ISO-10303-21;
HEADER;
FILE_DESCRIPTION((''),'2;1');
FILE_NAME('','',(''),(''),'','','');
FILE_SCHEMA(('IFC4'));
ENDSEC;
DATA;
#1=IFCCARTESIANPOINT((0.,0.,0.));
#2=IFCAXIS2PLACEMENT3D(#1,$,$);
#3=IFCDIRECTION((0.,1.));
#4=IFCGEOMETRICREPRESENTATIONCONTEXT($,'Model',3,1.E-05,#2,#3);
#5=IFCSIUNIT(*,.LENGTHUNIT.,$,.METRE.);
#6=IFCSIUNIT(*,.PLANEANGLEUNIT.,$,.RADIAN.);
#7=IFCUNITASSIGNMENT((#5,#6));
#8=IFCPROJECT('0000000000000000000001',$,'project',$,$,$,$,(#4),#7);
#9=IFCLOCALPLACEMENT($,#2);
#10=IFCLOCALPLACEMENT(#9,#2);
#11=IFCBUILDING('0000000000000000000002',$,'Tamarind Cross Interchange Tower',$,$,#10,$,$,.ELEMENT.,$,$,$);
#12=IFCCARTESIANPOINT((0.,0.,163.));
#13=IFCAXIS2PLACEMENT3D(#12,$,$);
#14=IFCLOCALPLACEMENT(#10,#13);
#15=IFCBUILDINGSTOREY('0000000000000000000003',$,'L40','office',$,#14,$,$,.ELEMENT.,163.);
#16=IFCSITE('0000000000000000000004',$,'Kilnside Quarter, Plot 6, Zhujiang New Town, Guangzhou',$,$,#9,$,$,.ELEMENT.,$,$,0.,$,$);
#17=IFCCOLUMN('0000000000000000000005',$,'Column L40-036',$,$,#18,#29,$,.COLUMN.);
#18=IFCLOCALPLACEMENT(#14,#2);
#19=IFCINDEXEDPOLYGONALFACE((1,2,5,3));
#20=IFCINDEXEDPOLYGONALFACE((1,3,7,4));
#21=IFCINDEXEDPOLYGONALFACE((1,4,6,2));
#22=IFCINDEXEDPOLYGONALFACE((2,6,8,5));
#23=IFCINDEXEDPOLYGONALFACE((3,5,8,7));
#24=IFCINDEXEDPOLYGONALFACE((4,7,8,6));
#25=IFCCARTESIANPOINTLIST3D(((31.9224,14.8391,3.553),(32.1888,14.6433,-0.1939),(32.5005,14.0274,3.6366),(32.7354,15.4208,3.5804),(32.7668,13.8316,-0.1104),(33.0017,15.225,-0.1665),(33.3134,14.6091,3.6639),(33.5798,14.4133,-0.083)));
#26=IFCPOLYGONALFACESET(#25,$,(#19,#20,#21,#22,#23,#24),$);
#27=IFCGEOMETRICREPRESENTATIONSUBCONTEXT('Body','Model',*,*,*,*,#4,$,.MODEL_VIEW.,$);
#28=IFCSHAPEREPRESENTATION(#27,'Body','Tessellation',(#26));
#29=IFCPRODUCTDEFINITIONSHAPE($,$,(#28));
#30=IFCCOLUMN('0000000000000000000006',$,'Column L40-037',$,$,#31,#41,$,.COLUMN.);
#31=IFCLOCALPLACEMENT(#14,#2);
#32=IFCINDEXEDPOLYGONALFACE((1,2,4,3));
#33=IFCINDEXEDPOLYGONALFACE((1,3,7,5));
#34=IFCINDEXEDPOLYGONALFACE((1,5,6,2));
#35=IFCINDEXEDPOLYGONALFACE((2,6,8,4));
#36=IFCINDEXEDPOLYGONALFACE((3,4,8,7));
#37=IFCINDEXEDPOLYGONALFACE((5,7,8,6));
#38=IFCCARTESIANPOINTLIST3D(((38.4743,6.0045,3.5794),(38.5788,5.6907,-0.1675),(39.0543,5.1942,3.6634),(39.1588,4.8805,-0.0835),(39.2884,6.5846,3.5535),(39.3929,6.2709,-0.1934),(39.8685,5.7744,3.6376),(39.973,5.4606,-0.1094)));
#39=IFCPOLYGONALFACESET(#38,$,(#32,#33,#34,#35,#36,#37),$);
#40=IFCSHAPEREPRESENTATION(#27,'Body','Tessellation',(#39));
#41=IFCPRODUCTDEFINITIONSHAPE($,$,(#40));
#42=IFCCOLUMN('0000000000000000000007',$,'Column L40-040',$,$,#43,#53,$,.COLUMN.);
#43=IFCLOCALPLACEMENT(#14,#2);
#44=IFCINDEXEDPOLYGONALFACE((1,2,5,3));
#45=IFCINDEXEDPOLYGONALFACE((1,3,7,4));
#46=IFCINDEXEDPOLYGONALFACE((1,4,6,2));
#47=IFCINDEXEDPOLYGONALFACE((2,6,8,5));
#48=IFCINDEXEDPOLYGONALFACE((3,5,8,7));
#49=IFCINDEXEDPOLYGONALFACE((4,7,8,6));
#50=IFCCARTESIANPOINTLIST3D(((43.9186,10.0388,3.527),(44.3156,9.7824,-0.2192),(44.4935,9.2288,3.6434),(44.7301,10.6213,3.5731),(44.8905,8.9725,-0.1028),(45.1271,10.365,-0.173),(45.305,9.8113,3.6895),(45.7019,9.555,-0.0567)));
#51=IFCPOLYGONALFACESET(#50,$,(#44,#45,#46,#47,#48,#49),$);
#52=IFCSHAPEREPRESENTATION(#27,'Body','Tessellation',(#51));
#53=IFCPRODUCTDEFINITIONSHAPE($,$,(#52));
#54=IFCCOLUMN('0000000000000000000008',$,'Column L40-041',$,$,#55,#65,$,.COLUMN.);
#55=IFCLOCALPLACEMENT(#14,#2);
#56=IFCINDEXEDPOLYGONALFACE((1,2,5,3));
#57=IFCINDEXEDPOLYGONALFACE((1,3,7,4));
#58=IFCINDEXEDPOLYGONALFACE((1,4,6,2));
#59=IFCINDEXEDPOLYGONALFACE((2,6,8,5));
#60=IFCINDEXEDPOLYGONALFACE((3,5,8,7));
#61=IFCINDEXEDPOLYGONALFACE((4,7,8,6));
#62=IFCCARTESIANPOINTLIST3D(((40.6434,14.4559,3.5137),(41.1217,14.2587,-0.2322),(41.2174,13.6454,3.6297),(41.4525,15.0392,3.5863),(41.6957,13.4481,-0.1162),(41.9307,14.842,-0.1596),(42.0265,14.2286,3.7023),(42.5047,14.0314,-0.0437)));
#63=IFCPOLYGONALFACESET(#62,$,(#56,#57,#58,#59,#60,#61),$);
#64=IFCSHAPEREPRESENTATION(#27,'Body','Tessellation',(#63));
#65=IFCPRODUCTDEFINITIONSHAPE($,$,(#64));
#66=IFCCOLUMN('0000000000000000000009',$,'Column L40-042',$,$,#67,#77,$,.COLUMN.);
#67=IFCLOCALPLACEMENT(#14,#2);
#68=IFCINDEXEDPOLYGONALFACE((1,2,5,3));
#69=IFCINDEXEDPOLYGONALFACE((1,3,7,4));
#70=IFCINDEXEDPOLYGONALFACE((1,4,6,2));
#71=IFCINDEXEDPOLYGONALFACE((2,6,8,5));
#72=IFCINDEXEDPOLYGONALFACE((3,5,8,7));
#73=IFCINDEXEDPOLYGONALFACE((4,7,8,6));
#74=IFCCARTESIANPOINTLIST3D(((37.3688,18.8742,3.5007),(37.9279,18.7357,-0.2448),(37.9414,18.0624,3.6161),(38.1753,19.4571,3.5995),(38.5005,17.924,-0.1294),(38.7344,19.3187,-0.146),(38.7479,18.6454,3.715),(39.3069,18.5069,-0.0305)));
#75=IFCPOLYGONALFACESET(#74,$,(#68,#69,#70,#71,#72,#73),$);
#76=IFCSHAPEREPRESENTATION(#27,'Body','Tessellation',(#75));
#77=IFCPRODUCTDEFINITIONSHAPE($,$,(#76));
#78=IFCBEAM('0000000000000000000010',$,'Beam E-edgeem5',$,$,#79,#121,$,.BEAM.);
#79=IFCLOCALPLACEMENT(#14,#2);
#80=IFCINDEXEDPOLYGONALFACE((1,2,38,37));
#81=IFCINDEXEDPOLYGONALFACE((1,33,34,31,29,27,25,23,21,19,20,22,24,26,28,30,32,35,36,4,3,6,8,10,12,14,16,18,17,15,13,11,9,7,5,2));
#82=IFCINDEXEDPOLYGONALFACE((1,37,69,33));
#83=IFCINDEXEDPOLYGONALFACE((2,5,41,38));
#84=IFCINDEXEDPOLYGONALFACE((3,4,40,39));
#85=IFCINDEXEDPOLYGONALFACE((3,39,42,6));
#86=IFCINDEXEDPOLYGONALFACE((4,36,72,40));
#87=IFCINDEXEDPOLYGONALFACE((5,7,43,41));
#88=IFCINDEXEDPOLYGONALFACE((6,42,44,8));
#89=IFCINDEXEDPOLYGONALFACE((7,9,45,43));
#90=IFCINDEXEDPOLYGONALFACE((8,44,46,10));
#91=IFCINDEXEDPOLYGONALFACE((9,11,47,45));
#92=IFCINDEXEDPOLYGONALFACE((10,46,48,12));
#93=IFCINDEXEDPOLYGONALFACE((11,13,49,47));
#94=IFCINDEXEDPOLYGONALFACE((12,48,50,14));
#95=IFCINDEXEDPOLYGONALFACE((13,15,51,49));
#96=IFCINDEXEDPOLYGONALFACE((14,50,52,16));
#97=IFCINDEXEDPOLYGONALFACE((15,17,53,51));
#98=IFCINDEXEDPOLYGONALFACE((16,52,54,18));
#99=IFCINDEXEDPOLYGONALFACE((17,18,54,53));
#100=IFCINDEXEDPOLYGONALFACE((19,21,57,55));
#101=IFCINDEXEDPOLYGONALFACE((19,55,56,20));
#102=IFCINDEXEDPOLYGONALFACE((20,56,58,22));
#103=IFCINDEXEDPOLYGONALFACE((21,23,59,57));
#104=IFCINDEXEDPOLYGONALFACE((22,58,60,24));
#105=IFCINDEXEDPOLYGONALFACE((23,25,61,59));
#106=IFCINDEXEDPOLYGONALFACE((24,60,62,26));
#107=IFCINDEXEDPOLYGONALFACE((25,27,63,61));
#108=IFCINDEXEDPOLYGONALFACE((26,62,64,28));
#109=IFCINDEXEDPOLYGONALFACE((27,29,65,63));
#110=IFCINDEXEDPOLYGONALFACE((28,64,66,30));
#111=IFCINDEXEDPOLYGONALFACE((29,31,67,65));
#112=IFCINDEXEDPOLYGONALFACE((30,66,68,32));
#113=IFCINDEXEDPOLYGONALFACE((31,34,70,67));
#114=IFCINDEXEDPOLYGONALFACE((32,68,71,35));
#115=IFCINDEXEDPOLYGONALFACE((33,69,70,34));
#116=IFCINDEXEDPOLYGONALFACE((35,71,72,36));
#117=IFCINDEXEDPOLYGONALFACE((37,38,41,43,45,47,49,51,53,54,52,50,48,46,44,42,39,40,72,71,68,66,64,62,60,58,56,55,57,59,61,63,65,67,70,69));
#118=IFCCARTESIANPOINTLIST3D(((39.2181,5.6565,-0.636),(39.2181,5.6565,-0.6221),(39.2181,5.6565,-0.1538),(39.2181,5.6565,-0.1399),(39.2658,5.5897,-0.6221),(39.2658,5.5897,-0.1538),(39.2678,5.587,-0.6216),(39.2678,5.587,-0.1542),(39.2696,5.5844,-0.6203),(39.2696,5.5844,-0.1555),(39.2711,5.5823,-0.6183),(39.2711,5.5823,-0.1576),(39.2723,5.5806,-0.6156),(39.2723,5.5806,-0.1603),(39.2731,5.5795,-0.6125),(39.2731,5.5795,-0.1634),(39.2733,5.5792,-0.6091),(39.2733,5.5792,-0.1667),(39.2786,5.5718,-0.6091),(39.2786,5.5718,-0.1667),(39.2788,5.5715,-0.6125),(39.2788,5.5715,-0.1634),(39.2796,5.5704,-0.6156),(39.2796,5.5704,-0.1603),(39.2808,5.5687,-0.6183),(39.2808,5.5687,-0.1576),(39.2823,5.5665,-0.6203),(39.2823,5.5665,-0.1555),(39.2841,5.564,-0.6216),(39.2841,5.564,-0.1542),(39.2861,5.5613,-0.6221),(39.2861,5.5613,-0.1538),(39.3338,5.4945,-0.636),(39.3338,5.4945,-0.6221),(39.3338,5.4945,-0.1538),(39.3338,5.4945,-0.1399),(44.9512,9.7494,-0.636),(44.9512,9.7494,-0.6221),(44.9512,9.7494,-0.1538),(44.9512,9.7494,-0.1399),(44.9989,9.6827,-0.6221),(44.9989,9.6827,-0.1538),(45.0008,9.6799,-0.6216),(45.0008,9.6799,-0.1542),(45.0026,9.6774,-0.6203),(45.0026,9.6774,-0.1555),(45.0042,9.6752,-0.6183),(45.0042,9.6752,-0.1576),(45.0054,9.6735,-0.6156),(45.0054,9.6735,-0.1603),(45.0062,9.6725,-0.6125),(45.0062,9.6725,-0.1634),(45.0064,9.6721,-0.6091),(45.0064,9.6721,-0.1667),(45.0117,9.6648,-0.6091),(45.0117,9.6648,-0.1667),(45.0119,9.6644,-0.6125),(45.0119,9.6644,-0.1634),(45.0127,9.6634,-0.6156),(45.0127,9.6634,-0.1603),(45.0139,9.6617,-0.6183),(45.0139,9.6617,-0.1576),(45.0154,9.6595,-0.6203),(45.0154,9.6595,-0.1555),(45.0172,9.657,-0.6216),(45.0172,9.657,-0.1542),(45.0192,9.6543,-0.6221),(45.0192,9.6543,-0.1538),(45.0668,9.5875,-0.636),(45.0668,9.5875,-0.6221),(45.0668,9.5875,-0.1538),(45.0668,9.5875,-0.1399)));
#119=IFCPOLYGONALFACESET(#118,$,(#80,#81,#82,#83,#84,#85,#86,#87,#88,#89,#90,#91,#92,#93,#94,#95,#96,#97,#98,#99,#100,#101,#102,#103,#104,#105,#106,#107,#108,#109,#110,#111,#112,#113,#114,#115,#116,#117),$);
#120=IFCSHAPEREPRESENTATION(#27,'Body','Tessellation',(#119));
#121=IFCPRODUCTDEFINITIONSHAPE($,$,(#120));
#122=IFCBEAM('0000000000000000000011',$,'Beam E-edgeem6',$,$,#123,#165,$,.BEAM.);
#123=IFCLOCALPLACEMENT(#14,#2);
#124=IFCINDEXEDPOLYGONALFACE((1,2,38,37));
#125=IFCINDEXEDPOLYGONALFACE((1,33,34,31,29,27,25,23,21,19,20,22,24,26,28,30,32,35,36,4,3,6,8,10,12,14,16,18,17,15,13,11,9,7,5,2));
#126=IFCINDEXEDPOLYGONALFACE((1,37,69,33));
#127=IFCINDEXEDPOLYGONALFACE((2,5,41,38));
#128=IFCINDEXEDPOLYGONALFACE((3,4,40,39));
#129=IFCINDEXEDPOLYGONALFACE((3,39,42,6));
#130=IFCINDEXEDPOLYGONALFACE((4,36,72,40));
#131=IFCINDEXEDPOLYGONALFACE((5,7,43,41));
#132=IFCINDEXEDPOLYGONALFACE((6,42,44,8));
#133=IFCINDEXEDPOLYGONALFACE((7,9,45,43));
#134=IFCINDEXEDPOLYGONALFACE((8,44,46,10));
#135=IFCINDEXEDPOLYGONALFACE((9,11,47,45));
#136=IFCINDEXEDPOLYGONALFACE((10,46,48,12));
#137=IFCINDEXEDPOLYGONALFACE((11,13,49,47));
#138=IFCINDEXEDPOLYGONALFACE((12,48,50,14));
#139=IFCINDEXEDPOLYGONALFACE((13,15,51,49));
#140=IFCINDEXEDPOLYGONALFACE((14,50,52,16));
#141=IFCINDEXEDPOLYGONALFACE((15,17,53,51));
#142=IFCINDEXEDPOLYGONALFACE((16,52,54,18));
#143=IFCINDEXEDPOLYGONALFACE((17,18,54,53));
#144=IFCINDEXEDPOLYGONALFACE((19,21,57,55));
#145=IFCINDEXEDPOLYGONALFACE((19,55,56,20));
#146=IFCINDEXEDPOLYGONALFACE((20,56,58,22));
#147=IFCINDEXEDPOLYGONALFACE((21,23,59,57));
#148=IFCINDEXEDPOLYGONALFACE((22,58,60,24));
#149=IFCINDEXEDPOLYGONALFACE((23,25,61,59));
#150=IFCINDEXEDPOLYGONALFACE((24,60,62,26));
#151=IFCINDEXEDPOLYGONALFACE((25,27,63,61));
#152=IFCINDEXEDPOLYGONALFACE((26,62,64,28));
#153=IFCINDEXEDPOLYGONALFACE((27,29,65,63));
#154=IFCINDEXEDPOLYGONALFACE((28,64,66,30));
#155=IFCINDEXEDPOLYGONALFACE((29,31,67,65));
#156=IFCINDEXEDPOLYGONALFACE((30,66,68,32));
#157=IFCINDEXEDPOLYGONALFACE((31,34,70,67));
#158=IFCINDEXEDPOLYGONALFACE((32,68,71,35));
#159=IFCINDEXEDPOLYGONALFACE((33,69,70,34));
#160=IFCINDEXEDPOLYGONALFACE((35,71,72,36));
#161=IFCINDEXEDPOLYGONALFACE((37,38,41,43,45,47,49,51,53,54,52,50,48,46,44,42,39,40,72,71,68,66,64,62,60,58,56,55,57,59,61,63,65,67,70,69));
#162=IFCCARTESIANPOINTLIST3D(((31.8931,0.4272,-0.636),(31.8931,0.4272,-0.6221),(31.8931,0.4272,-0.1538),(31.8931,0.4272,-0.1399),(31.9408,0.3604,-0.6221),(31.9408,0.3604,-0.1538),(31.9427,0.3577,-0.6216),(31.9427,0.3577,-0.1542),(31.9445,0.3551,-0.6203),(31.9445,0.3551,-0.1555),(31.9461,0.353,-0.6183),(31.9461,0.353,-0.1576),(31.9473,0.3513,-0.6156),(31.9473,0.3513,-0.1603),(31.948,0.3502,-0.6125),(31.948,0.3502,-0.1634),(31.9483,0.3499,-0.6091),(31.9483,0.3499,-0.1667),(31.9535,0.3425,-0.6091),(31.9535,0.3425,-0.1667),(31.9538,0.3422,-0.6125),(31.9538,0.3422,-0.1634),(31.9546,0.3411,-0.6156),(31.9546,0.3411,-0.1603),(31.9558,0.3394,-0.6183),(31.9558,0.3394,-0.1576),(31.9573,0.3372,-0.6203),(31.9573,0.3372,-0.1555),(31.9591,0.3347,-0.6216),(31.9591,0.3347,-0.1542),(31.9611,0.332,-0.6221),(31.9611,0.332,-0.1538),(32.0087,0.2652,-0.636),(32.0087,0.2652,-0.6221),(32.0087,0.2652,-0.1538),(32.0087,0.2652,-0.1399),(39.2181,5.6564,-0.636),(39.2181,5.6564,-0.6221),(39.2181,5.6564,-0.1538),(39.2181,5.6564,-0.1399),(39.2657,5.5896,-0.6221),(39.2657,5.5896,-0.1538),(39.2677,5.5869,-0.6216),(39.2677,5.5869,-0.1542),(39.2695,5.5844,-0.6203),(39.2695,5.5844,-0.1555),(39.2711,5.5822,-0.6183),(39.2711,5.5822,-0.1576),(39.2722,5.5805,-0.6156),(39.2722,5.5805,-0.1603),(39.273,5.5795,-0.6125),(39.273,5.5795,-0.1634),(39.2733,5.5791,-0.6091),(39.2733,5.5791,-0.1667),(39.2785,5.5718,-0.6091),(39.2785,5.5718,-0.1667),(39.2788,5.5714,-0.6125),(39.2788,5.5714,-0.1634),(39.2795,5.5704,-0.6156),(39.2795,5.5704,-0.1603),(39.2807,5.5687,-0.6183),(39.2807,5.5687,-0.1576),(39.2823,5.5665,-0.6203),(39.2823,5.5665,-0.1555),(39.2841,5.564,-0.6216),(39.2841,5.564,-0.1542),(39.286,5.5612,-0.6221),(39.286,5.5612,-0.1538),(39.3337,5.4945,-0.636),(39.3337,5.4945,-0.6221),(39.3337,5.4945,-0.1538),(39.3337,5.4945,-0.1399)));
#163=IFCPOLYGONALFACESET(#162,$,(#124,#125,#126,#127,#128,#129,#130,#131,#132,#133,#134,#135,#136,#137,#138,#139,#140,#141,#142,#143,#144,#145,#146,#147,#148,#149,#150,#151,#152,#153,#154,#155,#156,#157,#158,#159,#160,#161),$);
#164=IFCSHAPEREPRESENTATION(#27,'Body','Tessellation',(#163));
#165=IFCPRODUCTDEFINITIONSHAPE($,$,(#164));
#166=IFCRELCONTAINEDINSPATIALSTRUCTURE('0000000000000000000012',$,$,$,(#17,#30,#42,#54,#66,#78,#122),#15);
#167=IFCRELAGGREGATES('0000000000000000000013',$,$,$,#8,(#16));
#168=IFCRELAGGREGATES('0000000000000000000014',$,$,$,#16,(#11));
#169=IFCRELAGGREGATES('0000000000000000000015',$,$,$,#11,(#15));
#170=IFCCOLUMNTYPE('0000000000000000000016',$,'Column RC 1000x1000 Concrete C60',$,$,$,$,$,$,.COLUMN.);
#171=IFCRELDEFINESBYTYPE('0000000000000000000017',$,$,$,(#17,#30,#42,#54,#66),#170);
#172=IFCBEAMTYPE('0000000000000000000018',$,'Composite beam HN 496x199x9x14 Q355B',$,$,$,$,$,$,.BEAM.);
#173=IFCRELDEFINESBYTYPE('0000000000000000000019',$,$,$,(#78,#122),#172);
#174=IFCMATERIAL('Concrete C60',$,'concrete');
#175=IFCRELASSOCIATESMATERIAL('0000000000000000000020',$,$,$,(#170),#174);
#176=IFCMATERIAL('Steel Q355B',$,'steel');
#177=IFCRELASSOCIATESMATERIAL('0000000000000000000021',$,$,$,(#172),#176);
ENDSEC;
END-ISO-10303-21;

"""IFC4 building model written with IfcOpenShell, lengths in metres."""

from ifc_helpers import new_model, si_unit, direction, frame, origin, origin_2d, place, context, subcontext, project, spatial, rectangle, i_section, extrude, material, material_profile, profile_set, type_object, element, save


model = new_model("IFC4")

# Units and contexts
model_context = context("Model", 3, precision=1e-05, world=origin(), true_north=direction((0.0, 1.0)))
body_context = subcontext(model_context, "Body", "Model", "MODEL_VIEW")
ifc_project = project(units=[si_unit("LENGTHUNIT", "METRE"), si_unit("PLANEANGLEUNIT", "RADIAN")], contexts=[model_context])

# Site, building, storey
site_placement = place(None, origin())
site = spatial("IfcSite", under=ifc_project, at=site_placement, Name="Kilnside Quarter, Plot 6, Zhujiang New Town, Guangzhou", CompositionType="ELEMENT", RefElevation=0.0)
building_placement = place(site_placement, origin())
building = spatial("IfcBuilding", under=site, at=building_placement, Name="Tamarind Cross Interchange Tower", CompositionType="ELEMENT")
storey_placement = place(building_placement, frame((0.0, 0.0, 163.0)))
storey = spatial("IfcBuildingStorey", under=building, at=storey_placement, Name="L40", Description="office", CompositionType="ELEMENT", Elevation=163.0)

# Columns
ifc_material_1 = material(Name="Concrete C60", Category="concrete")
ifc_material_profile_1 = material_profile(ifc_material_1, rectangle(XDim=1.0, YDim=1.0, at=origin_2d()), Name="RC 1000x1000")
ifc_profile_set_1 = profile_set([ifc_material_profile_1], Name="Concrete C60")
column_type = type_object("IfcColumnType", Name="Column RC 1000x1000 Concrete C60", PredefinedType="COLUMN", material=ifc_profile_set_1)
for number, where, z_axis, x_axis, name in (
    (1, (32.8843, 14.5283, -0.1384), (-0.070814, 0.052056, 0.99613), (0.578044, -0.811721, 0.083511), "Column L40-036"),
    (2, (39.2759, 5.5757, -0.1384), (-0.02778, 0.083406, 0.996128), (-0.814114, -0.580128, 0.02587), "Column L40-037"),
):
    element("IfcColumn", number, at=place(storey_placement, frame(where, z_axis=z_axis, x_axis=x_axis)), inside=storey, type_object=column_type, Name=name, PredefinedType="COLUMN", context=body_context, shape_type="SweptSolid", body=[
        extrude(rectangle(XDim=1.0, YDim=1.0, at=origin_2d()), origin(), (0.0, 0.0, 1.0), 3.7615),
    ])
column_1_placement = place(storey_placement, frame((45.0088, 9.6687, -0.1379), z_axis=(-0.105137, 0.067893, 0.992138), x_axis=(0.57483, -0.80996, 0.116341)))
element("IfcColumn", 3, at=column_1_placement, inside=storey, type_object=column_type, Name="Column L40-040", PredefinedType="COLUMN", context=body_context, shape_type="SweptSolid", body=[
    extrude(rectangle(XDim=1.0, YDim=1.0, at=origin_2d()), origin(), (0.0, 0.0, 1.0), 3.7759),
])
column_2_placement = place(storey_placement, frame((41.8132, 14.145, -0.1379), z_axis=(-0.12648, 0.052167, 0.990597), x_axis=(0.574013, -0.810591, 0.115978)))
element("IfcColumn", 4, at=column_2_placement, inside=storey, type_object=column_type, Name="Column L40-041", PredefinedType="COLUMN", context=body_context, shape_type="SweptSolid", body=[
    extrude(rectangle(XDim=1.0, YDim=1.0, at=origin_2d()), origin(), (0.0, 0.0, 1.0), 3.7815),
])
column_3_placement = place(storey_placement, frame((38.6174, 18.6213, -0.1377), z_axis=(-0.147529, 0.036528, 0.988383), x_axis=(0.572539, -0.811708, 0.115458)))
element("IfcColumn", 5, at=column_3_placement, inside=storey, type_object=column_type, Name="Column L40-042", PredefinedType="COLUMN", context=body_context, shape_type="SweptSolid", body=[
    extrude(rectangle(XDim=1.0, YDim=1.0, at=origin_2d()), origin(), (0.0, 0.0, 1.0), 3.7896),
])

# Beams
ifc_material_2 = material(Name="Steel Q355B", Category="steel")
ifc_material_profile_2 = material_profile(ifc_material_2, i_section(OverallWidth=0.199, OverallDepth=0.4961, WebThickness=0.009, FlangeThickness=0.0139, FilletRadius=0.0129, at=origin_2d()), Name="HN 496x199x9x14")
ifc_profile_set_2 = profile_set([ifc_material_profile_2], Name="Steel Q355B")
beam_type_1 = type_object("IfcBeamType", Name="Composite beam HN 496x199x9x14 Q355B", PredefinedType="BEAM", material=ifc_profile_set_2)
beam_1_placement = place(storey_placement, frame((45.009, 9.6685, -0.3879), z_axis=(-0.813874, -0.581041, 0.0), x_axis=(0.581041, -0.813874, 0.0)))
element("IfcBeam", 6, at=beam_1_placement, inside=storey, type_object=beam_type_1, Name="Beam E-edgeem5", PredefinedType="BEAM", context=body_context, shape_type="SweptSolid", body=[
    extrude(i_section(OverallWidth=0.199, OverallDepth=0.4961, WebThickness=0.009, FlangeThickness=0.0139, FilletRadius=0.0129, at=origin_2d()), origin(), (0.0, 0.0, 1.0), 7.0442),
])
beam_2_placement = place(storey_placement, frame((39.2759, 5.5754, -0.3879), z_axis=(-0.813884, -0.581028, 0.0), x_axis=(0.581028, -0.813884, 0.0)))
element("IfcBeam", 7, at=beam_2_placement, inside=storey, type_object=beam_type_1, Name="Beam E-edgeem6", PredefinedType="BEAM", context=body_context, shape_type="SweptSolid", body=[
    extrude(i_section(OverallWidth=0.199, OverallDepth=0.4961, WebThickness=0.009, FlangeThickness=0.0139, FilletRadius=0.0129, at=origin_2d()), origin(), (0.0, 0.0, 1.0), 9.0),
])

save(model, "model.ifc")
